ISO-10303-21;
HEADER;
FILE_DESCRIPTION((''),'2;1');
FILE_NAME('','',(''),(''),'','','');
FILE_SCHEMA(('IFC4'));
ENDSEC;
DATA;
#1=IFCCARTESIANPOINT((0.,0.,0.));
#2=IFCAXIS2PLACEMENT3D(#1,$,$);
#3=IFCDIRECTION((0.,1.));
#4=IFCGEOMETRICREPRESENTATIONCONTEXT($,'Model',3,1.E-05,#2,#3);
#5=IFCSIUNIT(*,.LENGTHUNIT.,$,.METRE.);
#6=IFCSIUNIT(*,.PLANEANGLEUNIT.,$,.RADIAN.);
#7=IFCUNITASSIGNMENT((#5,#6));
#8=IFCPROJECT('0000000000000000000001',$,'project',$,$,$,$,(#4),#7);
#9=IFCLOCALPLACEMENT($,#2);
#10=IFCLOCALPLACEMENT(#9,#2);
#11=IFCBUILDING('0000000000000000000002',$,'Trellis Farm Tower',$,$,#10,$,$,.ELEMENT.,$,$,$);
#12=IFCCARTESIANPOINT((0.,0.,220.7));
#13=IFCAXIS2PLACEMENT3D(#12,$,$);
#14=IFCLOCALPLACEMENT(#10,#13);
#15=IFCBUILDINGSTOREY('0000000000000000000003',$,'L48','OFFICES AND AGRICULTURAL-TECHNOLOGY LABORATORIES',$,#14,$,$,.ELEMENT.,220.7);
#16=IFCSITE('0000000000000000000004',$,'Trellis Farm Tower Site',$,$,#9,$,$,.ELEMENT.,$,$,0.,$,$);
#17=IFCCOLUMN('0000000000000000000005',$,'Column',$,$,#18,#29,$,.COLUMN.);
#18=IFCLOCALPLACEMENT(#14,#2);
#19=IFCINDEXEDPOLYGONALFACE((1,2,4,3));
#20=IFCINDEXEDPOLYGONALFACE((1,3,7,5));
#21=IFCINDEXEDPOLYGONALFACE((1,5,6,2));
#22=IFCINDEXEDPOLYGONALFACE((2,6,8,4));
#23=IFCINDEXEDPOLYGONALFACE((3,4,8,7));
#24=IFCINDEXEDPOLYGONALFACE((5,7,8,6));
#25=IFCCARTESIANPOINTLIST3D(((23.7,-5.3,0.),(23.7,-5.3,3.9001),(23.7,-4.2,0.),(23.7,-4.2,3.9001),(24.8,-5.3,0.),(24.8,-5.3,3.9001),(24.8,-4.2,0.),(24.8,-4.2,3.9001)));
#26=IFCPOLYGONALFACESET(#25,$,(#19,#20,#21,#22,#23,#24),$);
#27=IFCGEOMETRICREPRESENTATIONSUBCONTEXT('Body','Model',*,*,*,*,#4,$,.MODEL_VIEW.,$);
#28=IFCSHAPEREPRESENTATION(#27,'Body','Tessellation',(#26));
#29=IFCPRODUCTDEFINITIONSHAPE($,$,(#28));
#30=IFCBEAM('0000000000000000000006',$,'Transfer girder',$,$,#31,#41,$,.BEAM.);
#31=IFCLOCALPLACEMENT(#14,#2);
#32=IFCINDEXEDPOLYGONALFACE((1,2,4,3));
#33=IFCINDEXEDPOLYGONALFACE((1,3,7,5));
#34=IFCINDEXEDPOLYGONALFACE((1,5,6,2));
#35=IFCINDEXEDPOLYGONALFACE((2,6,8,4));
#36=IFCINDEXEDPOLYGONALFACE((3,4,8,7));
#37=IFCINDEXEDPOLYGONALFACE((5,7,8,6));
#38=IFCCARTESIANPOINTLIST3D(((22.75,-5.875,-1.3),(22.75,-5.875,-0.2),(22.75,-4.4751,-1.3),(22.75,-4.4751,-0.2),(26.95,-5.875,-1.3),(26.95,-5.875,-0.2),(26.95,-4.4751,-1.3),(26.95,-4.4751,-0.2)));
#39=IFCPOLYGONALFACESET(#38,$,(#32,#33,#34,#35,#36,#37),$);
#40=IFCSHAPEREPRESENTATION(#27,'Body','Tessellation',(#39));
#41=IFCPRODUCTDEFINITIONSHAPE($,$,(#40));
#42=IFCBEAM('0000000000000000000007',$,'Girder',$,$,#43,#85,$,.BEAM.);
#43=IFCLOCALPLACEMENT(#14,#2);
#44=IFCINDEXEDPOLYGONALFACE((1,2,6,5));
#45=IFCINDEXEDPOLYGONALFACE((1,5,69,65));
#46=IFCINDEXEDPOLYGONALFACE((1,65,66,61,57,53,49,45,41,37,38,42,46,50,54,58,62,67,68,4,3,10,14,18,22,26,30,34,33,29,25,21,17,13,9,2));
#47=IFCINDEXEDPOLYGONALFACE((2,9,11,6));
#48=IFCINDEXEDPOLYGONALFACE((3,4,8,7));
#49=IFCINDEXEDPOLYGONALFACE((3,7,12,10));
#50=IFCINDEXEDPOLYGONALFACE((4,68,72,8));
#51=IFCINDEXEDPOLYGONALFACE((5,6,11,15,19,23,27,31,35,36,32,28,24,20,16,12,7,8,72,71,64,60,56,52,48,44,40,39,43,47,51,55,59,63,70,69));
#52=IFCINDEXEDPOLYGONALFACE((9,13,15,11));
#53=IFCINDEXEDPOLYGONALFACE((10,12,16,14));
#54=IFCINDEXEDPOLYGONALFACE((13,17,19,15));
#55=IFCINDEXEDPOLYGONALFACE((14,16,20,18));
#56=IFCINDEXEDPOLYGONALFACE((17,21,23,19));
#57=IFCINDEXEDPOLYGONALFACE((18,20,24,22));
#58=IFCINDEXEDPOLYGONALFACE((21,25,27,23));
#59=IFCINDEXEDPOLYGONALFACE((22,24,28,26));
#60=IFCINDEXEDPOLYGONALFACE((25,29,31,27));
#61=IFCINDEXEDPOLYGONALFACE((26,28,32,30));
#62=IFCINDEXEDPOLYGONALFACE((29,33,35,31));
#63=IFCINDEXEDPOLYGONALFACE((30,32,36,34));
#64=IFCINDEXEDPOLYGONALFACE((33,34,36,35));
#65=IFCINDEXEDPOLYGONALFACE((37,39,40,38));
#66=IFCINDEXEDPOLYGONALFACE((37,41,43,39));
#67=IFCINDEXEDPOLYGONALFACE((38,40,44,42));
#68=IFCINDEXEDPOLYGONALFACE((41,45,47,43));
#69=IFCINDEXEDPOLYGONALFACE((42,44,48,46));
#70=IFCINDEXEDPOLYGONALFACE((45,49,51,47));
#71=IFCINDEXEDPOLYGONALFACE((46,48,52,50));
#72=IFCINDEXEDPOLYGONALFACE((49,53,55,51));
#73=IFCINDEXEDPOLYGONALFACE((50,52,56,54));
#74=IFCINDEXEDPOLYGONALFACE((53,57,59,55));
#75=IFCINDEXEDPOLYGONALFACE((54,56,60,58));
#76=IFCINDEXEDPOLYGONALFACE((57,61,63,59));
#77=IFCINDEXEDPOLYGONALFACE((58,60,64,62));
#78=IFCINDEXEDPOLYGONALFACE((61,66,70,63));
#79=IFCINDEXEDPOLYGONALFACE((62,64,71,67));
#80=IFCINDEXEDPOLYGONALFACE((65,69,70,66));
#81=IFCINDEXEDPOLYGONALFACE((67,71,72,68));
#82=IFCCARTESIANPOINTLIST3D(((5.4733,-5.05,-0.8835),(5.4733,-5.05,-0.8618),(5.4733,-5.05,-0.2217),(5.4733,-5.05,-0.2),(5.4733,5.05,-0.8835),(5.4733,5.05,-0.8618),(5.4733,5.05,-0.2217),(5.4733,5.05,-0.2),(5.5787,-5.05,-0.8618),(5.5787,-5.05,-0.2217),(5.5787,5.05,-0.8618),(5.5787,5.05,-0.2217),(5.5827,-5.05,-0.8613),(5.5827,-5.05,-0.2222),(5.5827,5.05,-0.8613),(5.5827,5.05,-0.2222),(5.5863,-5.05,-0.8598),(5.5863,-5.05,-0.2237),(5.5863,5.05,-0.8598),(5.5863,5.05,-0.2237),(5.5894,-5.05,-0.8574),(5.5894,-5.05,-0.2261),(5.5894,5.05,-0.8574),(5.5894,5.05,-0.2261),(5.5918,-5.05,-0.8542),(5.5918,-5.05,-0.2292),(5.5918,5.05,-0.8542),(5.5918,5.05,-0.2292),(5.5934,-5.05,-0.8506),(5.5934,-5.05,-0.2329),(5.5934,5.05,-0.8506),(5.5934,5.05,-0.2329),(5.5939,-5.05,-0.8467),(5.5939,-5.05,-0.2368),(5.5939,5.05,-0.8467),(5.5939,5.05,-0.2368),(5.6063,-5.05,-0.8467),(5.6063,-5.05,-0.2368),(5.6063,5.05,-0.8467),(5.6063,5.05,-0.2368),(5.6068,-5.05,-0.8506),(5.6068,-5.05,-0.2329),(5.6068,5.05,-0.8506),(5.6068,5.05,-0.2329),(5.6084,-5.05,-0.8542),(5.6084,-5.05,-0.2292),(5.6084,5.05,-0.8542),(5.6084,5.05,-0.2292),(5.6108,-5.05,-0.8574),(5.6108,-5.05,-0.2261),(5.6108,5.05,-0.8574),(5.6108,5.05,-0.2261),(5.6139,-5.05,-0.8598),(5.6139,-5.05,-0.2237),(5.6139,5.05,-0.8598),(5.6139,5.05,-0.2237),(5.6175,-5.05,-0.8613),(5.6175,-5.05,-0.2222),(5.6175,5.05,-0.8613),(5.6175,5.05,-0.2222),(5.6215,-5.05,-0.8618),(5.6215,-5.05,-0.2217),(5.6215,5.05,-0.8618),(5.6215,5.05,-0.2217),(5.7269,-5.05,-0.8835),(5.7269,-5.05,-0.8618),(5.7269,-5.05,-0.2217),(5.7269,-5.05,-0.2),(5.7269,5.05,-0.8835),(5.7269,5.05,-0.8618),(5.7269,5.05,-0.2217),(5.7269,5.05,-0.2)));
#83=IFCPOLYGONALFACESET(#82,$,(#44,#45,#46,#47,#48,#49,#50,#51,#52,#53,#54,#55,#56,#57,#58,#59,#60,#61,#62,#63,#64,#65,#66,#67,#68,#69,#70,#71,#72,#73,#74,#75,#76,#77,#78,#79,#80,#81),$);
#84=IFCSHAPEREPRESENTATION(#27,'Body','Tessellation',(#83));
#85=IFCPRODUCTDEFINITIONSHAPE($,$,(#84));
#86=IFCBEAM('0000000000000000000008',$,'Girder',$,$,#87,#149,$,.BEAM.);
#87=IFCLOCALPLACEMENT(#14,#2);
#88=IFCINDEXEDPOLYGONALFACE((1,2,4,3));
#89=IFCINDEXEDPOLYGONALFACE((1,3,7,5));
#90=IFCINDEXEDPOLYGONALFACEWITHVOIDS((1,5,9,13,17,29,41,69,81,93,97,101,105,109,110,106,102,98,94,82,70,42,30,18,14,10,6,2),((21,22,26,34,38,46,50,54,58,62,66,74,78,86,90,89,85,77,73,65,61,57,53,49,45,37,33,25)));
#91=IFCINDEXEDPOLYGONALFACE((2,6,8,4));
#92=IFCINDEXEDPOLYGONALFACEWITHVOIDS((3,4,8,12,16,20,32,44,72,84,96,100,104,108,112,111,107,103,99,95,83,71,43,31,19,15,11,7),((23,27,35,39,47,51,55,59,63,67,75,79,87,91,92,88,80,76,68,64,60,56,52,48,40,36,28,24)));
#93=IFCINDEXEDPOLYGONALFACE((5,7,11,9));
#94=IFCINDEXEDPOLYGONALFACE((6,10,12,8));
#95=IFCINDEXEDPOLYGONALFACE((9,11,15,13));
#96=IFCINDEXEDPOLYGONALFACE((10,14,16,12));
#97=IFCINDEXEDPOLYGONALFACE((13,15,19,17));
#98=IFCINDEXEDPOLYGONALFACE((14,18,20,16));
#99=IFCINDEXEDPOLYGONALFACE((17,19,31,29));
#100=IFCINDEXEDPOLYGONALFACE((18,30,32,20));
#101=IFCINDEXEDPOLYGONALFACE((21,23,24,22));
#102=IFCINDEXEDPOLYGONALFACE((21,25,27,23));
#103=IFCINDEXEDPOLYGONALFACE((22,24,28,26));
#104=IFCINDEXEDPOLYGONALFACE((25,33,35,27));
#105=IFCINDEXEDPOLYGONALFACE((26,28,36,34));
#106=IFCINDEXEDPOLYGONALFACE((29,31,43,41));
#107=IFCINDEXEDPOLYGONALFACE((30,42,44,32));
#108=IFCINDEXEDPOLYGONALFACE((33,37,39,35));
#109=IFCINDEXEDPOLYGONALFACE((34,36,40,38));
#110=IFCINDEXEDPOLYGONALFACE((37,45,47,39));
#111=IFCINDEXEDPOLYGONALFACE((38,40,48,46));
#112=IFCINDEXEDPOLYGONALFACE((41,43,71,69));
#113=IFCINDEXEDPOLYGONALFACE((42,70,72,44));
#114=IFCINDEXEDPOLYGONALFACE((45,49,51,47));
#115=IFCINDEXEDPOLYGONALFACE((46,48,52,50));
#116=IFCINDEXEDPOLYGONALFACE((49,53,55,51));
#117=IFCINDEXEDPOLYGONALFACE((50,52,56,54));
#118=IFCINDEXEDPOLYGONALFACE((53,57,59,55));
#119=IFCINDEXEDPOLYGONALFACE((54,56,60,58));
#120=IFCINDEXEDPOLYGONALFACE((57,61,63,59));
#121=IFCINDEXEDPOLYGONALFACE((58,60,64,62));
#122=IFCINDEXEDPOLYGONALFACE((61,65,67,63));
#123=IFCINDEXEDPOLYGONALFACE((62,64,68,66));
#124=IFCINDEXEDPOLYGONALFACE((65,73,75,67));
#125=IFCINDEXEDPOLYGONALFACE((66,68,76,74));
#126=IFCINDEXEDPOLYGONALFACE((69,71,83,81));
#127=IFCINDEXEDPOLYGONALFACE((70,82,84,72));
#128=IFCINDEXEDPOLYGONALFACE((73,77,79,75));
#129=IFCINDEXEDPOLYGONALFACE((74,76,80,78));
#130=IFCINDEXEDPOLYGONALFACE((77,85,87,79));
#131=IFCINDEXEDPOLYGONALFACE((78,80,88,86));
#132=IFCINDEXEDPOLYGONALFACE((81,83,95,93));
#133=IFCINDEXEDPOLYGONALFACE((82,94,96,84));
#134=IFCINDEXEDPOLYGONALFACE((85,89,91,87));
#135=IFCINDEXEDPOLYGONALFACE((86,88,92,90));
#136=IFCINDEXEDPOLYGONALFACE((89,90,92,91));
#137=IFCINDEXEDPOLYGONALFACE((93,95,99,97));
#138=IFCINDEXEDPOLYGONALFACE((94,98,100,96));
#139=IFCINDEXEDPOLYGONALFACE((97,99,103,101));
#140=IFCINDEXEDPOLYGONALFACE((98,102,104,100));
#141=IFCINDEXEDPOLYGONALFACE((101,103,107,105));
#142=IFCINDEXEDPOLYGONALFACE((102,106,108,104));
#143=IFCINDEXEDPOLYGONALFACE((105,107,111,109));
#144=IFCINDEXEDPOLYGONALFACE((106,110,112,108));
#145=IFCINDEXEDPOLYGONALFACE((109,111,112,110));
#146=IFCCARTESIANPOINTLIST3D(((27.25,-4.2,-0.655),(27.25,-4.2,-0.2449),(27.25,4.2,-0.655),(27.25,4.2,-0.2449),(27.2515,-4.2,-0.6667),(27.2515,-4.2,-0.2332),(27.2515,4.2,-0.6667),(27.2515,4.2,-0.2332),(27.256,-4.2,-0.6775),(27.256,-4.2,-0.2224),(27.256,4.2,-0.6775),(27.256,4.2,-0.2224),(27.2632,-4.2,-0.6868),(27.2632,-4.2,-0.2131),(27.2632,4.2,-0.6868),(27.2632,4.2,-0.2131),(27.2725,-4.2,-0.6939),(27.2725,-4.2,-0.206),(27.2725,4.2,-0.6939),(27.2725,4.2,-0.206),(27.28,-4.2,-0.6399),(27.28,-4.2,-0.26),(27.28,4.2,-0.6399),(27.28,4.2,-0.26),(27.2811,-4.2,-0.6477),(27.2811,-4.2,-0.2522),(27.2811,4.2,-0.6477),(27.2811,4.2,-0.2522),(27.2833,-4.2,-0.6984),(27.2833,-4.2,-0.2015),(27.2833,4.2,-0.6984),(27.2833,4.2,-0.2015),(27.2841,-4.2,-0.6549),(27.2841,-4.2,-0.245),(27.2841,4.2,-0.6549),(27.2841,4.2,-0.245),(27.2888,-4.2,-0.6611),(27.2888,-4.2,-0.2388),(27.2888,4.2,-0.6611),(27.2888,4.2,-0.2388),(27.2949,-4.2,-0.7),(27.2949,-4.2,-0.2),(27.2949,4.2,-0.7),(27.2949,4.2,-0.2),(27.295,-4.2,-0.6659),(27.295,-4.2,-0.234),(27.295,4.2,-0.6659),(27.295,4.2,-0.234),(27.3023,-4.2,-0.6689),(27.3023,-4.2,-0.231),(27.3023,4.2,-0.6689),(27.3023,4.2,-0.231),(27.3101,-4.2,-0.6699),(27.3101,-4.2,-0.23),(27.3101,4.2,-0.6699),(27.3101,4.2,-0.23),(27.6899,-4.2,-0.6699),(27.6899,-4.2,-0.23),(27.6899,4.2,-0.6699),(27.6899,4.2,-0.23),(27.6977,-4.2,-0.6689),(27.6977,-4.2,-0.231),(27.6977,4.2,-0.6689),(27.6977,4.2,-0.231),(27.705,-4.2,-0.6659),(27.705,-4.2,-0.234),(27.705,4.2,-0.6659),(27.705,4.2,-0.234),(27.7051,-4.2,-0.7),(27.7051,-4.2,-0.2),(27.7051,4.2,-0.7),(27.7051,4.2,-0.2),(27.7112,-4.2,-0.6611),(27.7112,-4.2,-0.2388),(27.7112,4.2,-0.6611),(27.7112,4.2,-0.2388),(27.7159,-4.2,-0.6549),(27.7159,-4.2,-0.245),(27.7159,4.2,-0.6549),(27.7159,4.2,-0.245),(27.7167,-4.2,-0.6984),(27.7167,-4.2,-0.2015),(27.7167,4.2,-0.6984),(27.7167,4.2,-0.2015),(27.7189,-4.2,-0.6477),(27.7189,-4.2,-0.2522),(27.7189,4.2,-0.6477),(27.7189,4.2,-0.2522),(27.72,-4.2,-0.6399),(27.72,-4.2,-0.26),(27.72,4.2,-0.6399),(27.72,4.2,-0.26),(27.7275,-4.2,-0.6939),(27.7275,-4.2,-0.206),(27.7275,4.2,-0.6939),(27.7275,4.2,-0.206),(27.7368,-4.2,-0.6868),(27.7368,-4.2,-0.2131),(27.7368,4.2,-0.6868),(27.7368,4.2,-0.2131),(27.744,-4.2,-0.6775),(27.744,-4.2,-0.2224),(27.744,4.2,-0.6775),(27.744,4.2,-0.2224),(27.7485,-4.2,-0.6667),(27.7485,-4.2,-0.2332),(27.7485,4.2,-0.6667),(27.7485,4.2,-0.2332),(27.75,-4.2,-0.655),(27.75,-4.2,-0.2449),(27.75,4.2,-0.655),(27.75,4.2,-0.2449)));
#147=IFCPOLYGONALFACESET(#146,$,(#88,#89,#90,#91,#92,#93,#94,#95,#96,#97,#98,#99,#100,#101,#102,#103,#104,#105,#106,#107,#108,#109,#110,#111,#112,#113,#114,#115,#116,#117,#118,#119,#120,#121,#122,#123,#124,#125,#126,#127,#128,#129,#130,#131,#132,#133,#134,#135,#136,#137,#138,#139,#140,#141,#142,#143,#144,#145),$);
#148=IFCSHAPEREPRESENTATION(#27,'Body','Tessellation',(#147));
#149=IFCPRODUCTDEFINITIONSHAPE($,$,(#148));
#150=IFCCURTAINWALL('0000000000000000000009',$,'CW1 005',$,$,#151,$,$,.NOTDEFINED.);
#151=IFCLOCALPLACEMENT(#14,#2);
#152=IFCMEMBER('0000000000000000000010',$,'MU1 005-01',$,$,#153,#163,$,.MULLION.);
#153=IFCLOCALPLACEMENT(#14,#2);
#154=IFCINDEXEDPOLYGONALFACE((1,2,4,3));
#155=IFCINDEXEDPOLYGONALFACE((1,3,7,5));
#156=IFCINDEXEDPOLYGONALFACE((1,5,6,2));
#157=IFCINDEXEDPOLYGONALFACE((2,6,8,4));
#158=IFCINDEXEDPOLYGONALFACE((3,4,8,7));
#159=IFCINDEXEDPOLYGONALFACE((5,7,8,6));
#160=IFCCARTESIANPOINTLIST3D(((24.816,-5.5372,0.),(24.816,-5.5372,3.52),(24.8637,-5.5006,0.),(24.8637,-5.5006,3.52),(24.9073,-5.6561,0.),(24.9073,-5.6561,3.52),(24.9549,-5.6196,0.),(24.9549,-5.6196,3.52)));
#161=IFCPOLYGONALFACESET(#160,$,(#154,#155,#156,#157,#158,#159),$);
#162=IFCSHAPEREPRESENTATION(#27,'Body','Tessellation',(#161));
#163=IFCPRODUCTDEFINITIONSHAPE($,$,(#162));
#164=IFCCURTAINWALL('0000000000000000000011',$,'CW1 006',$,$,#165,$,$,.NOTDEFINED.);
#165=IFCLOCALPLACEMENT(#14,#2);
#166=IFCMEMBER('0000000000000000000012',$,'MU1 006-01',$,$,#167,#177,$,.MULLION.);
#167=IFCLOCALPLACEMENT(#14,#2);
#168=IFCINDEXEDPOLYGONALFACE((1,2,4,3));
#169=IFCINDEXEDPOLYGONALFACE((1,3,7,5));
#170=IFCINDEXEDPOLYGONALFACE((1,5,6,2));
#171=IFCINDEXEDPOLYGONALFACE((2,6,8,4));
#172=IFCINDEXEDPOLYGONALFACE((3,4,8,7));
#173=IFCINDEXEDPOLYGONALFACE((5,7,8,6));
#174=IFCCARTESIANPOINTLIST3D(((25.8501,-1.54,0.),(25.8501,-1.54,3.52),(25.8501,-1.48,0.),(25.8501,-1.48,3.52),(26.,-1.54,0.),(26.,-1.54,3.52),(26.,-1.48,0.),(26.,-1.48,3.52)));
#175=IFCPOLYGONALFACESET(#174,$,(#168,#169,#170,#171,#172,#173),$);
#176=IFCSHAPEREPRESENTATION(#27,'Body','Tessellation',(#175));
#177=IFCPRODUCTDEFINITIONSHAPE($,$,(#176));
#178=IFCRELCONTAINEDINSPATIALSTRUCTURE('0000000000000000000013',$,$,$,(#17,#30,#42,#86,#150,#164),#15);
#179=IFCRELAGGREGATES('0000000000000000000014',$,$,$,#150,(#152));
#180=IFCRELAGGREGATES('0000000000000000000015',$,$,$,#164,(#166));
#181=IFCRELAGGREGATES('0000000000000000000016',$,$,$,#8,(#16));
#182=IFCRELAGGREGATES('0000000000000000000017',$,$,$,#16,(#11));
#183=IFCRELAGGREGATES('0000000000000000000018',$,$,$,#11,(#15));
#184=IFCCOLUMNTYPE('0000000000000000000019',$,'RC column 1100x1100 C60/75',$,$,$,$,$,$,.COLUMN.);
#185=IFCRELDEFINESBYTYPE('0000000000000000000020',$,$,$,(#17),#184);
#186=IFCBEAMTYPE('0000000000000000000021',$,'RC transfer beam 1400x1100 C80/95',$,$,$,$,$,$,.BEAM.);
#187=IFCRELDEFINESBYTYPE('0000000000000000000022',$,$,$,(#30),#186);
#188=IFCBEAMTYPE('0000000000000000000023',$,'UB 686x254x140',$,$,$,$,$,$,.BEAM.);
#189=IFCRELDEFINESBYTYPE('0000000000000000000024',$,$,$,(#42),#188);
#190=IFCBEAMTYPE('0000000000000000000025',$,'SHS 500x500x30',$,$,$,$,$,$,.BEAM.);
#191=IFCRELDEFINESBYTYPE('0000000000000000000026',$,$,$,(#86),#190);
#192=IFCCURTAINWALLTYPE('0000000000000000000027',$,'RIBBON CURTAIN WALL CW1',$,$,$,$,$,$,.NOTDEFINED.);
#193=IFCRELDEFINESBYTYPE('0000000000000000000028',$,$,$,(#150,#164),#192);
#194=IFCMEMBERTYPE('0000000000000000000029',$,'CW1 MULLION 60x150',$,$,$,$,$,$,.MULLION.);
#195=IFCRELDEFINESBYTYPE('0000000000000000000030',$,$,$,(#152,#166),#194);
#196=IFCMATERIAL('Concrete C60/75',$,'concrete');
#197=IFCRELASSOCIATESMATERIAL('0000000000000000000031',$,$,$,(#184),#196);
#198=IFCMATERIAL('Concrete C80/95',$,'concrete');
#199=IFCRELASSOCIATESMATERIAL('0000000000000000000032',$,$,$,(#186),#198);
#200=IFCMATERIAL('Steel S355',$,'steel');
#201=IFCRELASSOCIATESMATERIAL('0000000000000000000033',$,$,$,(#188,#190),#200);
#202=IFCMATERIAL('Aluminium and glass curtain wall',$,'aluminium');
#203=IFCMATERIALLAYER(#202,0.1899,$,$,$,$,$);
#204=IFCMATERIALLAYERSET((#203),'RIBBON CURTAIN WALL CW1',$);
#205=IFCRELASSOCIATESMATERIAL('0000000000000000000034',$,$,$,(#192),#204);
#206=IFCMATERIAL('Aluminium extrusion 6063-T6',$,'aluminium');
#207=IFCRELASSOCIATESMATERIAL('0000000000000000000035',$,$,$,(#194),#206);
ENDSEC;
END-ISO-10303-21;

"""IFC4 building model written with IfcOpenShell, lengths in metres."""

from ifc_helpers import new_model, si_unit, direction, frame, origin, origin_2d, place, context, subcontext, project, spatial, rectangle, hollow_rectangle, i_section, extrude, source, transform, mapped, material, layer, layer_set, material_profile, profile_set, type_object, element, aggregate, save


model = new_model("IFC4")

# Units and contexts
model_context = context("Model", 3, precision=1e-05, world=origin(), true_north=direction((0.0, 1.0)))
body_context = subcontext(model_context, "Body", "Model", "MODEL_VIEW")
ifc_project = project(units=[si_unit("LENGTHUNIT", "METRE"), si_unit("PLANEANGLEUNIT", "RADIAN")], contexts=[model_context])

# Site, building, storey
site_placement = place(None, origin())
site = spatial("IfcSite", under=ifc_project, at=site_placement, Name="Trellis Farm Tower Site", CompositionType="ELEMENT", RefElevation=0.0)
building_placement = place(site_placement, origin())
building = spatial("IfcBuilding", under=site, at=building_placement, Name="Trellis Farm Tower", CompositionType="ELEMENT")
storey_placement = place(building_placement, frame((0.0, 0.0, 220.7)))
storey = spatial("IfcBuildingStorey", under=building, at=storey_placement, Name="L48", Description="OFFICES AND AGRICULTURAL-TECHNOLOGY LABORATORIES", CompositionType="ELEMENT", Elevation=220.7)

# Column
ifc_material_1 = material(Name="Concrete C60/75", Category="concrete")
ifc_material_profile_1 = material_profile(ifc_material_1, rectangle(XDim=1.1001, YDim=1.1001, at=origin_2d()), Name="RC column 1100x1100 C60/75")
ifc_profile_set_1 = profile_set([ifc_material_profile_1], Name="Concrete C60/75")
column_type = type_object("IfcColumnType", Name="RC column 1100x1100 C60/75", PredefinedType="COLUMN", material=ifc_profile_set_1)
shared_shape_1 = source(origin(), body_context, "Body", "SweptSolid", [
    extrude(rectangle(XDim=1.1001, YDim=1.1001, at=origin_2d()), origin(), (0.0, 0.0, 1.0), 3.9001),
])
column_placement = place(storey_placement, frame((24.25, -4.75, 0.0), z_axis=(0.0, 0.0, 1.0), x_axis=(1.0, 0.0, 0.0)))
element("IfcColumn", 1, at=column_placement, inside=storey, type_object=column_type, Name="Column", PredefinedType="COLUMN", context=body_context, shape_type="MappedRepresentation", body=[
    mapped(shared_shape_1, transform((0.0, 0.0, 0.0))),
])

# Beams
ifc_material_2 = material(Name="Concrete C80/95", Category="concrete")
ifc_material_profile_2 = material_profile(ifc_material_2, rectangle(XDim=1.3999, YDim=1.1001, at=origin_2d()), Name="RC transfer beam 1400x1100 C80/95")
ifc_profile_set_2 = profile_set([ifc_material_profile_2], Name="Concrete C80/95")
beam_type_1 = type_object("IfcBeamType", Name="RC transfer beam 1400x1100 C80/95", PredefinedType="BEAM", material=ifc_profile_set_2)
beam_1_placement = place(storey_placement, frame((22.75, -5.175, -0.75), z_axis=(1.0, 0.0, 0.0), x_axis=(0.0, 1.0, 0.0)))
element("IfcBeam", 2, at=beam_1_placement, inside=storey, type_object=beam_type_1, Name="Transfer girder", PredefinedType="BEAM", context=body_context, shape_type="SweptSolid", body=[
    extrude(rectangle(XDim=1.3999, YDim=1.1001, at=origin_2d()), origin(), (0.0, 0.0, 1.0), 4.2),
])
ifc_material_3 = material(Name="Steel S355", Category="steel")
ifc_material_profile_3 = material_profile(ifc_material_3, i_section(OverallWidth=0.2537, OverallDepth=0.6836, WebThickness=0.0125, FlangeThickness=0.0217, FilletRadius=0.0151, at=origin_2d()), Name="UB 686x254x140")
ifc_profile_set_3 = profile_set([ifc_material_profile_3], Name="Steel S355")
beam_type_2 = type_object("IfcBeamType", Name="UB 686x254x140", PredefinedType="BEAM", material=ifc_profile_set_3)
shared_shape_2 = source(origin(), body_context, "Body", "SweptSolid", [
    extrude(i_section(OverallWidth=0.2537, OverallDepth=0.6836, WebThickness=0.0125, FlangeThickness=0.0217, FilletRadius=0.0151, at=origin_2d()), origin(), (0.0, 0.0, 1.0), 10.1001),
])
beam_2_placement = place(storey_placement, frame((5.6001, -5.05, -0.5417), z_axis=(0.0, 1.0, 0.0), x_axis=(-1.0, 0.0, 0.0)))
element("IfcBeam", 3, at=beam_2_placement, inside=storey, type_object=beam_type_2, Name="Girder", PredefinedType="BEAM", context=body_context, shape_type="MappedRepresentation", body=[
    mapped(shared_shape_2, transform((0.0, 0.0, 0.0))),
])
ifc_material_profile_4 = material_profile(ifc_material_3, hollow_rectangle(XDim=0.5, YDim=0.5, WallThickness=0.03, InnerFilletRadius=0.03, OuterFilletRadius=0.0449, at=origin_2d()), Name="SHS 500x500x30")
ifc_profile_set_4 = profile_set([ifc_material_profile_4], Name="Steel S355")
beam_type_3 = type_object("IfcBeamType", Name="SHS 500x500x30", PredefinedType="BEAM", material=ifc_profile_set_4)
shared_shape_3 = source(origin(), body_context, "Body", "SweptSolid", [
    extrude(hollow_rectangle(XDim=0.5, YDim=0.5, WallThickness=0.03, InnerFilletRadius=0.03, OuterFilletRadius=0.0449, at=origin_2d()), origin(), (0.0, 0.0, 1.0), 8.3999),
])
beam_3_placement = place(storey_placement, frame((27.5, -4.2, -0.45), z_axis=(0.0, 1.0, 0.0), x_axis=(-1.0, 0.0, 0.0)))
element("IfcBeam", 4, at=beam_3_placement, inside=storey, type_object=beam_type_3, Name="Girder", PredefinedType="BEAM", context=body_context, shape_type="MappedRepresentation", body=[
    mapped(shared_shape_3, transform((0.0, 0.0, 0.0))),
])

# Curtain walls, members
ifc_material_4 = material(Name="Aluminium and glass curtain wall", Category="aluminium")
ifc_layer_1 = layer(ifc_material_4, 0.1899)
ifc_layer_set_1 = layer_set([ifc_layer_1], Name="RIBBON CURTAIN WALL CW1")
curtain_wall_type = type_object("IfcCurtainWallType", Name="RIBBON CURTAIN WALL CW1", PredefinedType="NOTDEFINED", material=ifc_layer_set_1)
placement = place(storey_placement, origin())
curtain_wall_1 = element("IfcCurtainWall", 5, at=placement, inside=storey, type_object=curtain_wall_type, Name="CW1 005", PredefinedType="NOTDEFINED")
ifc_material_5 = material(Name="Aluminium extrusion 6063-T6", Category="aluminium")
ifc_material_profile_5 = material_profile(ifc_material_5, rectangle(XDim=0.0601, YDim=0.1499, at=origin_2d()), Name="MULLION 60x150")
ifc_profile_set_5 = profile_set([ifc_material_profile_5], Name="Aluminium extrusion 6063-T6")
member_type = type_object("IfcMemberType", Name="CW1 MULLION 60x150", PredefinedType="MULLION", material=ifc_profile_set_5)
shared_shape_4 = source(origin(), body_context, "Body", "SweptSolid", [
    extrude(rectangle(XDim=0.0601, YDim=0.1499, at=origin_2d()), origin(), (0.0, 0.0, 1.0), 3.52),
])
member_1_placement = place(storey_placement, frame((24.8855, -5.5784, 0.0), z_axis=(0.0, 0.0, 1.0), x_axis=(0.793353, 0.608761, 0.0)))
member_1 = element("IfcMember", 6, at=member_1_placement, type_object=member_type, Name="MU1 005-01", PredefinedType="MULLION", context=body_context, shape_type="MappedRepresentation", body=[
    mapped(shared_shape_4, transform((0.0, 0.0, 0.0))),
])
aggregate(curtain_wall_1, [member_1])
curtain_wall_2 = element("IfcCurtainWall", 7, at=placement, inside=storey, type_object=curtain_wall_type, Name="CW1 006", PredefinedType="NOTDEFINED")
member_2_placement = place(storey_placement, frame((25.925, -1.51, 0.0), z_axis=(0.0, 0.0, 1.0), x_axis=(0.0, 1.0, 0.0)))
member_2 = element("IfcMember", 8, at=member_2_placement, type_object=member_type, Name="MU1 006-01", PredefinedType="MULLION", context=body_context, shape_type="MappedRepresentation", body=[
    mapped(shared_shape_4, transform((0.0, 0.0, 0.0))),
])
aggregate(curtain_wall_2, [member_2])

save(model, "model.ifc")
